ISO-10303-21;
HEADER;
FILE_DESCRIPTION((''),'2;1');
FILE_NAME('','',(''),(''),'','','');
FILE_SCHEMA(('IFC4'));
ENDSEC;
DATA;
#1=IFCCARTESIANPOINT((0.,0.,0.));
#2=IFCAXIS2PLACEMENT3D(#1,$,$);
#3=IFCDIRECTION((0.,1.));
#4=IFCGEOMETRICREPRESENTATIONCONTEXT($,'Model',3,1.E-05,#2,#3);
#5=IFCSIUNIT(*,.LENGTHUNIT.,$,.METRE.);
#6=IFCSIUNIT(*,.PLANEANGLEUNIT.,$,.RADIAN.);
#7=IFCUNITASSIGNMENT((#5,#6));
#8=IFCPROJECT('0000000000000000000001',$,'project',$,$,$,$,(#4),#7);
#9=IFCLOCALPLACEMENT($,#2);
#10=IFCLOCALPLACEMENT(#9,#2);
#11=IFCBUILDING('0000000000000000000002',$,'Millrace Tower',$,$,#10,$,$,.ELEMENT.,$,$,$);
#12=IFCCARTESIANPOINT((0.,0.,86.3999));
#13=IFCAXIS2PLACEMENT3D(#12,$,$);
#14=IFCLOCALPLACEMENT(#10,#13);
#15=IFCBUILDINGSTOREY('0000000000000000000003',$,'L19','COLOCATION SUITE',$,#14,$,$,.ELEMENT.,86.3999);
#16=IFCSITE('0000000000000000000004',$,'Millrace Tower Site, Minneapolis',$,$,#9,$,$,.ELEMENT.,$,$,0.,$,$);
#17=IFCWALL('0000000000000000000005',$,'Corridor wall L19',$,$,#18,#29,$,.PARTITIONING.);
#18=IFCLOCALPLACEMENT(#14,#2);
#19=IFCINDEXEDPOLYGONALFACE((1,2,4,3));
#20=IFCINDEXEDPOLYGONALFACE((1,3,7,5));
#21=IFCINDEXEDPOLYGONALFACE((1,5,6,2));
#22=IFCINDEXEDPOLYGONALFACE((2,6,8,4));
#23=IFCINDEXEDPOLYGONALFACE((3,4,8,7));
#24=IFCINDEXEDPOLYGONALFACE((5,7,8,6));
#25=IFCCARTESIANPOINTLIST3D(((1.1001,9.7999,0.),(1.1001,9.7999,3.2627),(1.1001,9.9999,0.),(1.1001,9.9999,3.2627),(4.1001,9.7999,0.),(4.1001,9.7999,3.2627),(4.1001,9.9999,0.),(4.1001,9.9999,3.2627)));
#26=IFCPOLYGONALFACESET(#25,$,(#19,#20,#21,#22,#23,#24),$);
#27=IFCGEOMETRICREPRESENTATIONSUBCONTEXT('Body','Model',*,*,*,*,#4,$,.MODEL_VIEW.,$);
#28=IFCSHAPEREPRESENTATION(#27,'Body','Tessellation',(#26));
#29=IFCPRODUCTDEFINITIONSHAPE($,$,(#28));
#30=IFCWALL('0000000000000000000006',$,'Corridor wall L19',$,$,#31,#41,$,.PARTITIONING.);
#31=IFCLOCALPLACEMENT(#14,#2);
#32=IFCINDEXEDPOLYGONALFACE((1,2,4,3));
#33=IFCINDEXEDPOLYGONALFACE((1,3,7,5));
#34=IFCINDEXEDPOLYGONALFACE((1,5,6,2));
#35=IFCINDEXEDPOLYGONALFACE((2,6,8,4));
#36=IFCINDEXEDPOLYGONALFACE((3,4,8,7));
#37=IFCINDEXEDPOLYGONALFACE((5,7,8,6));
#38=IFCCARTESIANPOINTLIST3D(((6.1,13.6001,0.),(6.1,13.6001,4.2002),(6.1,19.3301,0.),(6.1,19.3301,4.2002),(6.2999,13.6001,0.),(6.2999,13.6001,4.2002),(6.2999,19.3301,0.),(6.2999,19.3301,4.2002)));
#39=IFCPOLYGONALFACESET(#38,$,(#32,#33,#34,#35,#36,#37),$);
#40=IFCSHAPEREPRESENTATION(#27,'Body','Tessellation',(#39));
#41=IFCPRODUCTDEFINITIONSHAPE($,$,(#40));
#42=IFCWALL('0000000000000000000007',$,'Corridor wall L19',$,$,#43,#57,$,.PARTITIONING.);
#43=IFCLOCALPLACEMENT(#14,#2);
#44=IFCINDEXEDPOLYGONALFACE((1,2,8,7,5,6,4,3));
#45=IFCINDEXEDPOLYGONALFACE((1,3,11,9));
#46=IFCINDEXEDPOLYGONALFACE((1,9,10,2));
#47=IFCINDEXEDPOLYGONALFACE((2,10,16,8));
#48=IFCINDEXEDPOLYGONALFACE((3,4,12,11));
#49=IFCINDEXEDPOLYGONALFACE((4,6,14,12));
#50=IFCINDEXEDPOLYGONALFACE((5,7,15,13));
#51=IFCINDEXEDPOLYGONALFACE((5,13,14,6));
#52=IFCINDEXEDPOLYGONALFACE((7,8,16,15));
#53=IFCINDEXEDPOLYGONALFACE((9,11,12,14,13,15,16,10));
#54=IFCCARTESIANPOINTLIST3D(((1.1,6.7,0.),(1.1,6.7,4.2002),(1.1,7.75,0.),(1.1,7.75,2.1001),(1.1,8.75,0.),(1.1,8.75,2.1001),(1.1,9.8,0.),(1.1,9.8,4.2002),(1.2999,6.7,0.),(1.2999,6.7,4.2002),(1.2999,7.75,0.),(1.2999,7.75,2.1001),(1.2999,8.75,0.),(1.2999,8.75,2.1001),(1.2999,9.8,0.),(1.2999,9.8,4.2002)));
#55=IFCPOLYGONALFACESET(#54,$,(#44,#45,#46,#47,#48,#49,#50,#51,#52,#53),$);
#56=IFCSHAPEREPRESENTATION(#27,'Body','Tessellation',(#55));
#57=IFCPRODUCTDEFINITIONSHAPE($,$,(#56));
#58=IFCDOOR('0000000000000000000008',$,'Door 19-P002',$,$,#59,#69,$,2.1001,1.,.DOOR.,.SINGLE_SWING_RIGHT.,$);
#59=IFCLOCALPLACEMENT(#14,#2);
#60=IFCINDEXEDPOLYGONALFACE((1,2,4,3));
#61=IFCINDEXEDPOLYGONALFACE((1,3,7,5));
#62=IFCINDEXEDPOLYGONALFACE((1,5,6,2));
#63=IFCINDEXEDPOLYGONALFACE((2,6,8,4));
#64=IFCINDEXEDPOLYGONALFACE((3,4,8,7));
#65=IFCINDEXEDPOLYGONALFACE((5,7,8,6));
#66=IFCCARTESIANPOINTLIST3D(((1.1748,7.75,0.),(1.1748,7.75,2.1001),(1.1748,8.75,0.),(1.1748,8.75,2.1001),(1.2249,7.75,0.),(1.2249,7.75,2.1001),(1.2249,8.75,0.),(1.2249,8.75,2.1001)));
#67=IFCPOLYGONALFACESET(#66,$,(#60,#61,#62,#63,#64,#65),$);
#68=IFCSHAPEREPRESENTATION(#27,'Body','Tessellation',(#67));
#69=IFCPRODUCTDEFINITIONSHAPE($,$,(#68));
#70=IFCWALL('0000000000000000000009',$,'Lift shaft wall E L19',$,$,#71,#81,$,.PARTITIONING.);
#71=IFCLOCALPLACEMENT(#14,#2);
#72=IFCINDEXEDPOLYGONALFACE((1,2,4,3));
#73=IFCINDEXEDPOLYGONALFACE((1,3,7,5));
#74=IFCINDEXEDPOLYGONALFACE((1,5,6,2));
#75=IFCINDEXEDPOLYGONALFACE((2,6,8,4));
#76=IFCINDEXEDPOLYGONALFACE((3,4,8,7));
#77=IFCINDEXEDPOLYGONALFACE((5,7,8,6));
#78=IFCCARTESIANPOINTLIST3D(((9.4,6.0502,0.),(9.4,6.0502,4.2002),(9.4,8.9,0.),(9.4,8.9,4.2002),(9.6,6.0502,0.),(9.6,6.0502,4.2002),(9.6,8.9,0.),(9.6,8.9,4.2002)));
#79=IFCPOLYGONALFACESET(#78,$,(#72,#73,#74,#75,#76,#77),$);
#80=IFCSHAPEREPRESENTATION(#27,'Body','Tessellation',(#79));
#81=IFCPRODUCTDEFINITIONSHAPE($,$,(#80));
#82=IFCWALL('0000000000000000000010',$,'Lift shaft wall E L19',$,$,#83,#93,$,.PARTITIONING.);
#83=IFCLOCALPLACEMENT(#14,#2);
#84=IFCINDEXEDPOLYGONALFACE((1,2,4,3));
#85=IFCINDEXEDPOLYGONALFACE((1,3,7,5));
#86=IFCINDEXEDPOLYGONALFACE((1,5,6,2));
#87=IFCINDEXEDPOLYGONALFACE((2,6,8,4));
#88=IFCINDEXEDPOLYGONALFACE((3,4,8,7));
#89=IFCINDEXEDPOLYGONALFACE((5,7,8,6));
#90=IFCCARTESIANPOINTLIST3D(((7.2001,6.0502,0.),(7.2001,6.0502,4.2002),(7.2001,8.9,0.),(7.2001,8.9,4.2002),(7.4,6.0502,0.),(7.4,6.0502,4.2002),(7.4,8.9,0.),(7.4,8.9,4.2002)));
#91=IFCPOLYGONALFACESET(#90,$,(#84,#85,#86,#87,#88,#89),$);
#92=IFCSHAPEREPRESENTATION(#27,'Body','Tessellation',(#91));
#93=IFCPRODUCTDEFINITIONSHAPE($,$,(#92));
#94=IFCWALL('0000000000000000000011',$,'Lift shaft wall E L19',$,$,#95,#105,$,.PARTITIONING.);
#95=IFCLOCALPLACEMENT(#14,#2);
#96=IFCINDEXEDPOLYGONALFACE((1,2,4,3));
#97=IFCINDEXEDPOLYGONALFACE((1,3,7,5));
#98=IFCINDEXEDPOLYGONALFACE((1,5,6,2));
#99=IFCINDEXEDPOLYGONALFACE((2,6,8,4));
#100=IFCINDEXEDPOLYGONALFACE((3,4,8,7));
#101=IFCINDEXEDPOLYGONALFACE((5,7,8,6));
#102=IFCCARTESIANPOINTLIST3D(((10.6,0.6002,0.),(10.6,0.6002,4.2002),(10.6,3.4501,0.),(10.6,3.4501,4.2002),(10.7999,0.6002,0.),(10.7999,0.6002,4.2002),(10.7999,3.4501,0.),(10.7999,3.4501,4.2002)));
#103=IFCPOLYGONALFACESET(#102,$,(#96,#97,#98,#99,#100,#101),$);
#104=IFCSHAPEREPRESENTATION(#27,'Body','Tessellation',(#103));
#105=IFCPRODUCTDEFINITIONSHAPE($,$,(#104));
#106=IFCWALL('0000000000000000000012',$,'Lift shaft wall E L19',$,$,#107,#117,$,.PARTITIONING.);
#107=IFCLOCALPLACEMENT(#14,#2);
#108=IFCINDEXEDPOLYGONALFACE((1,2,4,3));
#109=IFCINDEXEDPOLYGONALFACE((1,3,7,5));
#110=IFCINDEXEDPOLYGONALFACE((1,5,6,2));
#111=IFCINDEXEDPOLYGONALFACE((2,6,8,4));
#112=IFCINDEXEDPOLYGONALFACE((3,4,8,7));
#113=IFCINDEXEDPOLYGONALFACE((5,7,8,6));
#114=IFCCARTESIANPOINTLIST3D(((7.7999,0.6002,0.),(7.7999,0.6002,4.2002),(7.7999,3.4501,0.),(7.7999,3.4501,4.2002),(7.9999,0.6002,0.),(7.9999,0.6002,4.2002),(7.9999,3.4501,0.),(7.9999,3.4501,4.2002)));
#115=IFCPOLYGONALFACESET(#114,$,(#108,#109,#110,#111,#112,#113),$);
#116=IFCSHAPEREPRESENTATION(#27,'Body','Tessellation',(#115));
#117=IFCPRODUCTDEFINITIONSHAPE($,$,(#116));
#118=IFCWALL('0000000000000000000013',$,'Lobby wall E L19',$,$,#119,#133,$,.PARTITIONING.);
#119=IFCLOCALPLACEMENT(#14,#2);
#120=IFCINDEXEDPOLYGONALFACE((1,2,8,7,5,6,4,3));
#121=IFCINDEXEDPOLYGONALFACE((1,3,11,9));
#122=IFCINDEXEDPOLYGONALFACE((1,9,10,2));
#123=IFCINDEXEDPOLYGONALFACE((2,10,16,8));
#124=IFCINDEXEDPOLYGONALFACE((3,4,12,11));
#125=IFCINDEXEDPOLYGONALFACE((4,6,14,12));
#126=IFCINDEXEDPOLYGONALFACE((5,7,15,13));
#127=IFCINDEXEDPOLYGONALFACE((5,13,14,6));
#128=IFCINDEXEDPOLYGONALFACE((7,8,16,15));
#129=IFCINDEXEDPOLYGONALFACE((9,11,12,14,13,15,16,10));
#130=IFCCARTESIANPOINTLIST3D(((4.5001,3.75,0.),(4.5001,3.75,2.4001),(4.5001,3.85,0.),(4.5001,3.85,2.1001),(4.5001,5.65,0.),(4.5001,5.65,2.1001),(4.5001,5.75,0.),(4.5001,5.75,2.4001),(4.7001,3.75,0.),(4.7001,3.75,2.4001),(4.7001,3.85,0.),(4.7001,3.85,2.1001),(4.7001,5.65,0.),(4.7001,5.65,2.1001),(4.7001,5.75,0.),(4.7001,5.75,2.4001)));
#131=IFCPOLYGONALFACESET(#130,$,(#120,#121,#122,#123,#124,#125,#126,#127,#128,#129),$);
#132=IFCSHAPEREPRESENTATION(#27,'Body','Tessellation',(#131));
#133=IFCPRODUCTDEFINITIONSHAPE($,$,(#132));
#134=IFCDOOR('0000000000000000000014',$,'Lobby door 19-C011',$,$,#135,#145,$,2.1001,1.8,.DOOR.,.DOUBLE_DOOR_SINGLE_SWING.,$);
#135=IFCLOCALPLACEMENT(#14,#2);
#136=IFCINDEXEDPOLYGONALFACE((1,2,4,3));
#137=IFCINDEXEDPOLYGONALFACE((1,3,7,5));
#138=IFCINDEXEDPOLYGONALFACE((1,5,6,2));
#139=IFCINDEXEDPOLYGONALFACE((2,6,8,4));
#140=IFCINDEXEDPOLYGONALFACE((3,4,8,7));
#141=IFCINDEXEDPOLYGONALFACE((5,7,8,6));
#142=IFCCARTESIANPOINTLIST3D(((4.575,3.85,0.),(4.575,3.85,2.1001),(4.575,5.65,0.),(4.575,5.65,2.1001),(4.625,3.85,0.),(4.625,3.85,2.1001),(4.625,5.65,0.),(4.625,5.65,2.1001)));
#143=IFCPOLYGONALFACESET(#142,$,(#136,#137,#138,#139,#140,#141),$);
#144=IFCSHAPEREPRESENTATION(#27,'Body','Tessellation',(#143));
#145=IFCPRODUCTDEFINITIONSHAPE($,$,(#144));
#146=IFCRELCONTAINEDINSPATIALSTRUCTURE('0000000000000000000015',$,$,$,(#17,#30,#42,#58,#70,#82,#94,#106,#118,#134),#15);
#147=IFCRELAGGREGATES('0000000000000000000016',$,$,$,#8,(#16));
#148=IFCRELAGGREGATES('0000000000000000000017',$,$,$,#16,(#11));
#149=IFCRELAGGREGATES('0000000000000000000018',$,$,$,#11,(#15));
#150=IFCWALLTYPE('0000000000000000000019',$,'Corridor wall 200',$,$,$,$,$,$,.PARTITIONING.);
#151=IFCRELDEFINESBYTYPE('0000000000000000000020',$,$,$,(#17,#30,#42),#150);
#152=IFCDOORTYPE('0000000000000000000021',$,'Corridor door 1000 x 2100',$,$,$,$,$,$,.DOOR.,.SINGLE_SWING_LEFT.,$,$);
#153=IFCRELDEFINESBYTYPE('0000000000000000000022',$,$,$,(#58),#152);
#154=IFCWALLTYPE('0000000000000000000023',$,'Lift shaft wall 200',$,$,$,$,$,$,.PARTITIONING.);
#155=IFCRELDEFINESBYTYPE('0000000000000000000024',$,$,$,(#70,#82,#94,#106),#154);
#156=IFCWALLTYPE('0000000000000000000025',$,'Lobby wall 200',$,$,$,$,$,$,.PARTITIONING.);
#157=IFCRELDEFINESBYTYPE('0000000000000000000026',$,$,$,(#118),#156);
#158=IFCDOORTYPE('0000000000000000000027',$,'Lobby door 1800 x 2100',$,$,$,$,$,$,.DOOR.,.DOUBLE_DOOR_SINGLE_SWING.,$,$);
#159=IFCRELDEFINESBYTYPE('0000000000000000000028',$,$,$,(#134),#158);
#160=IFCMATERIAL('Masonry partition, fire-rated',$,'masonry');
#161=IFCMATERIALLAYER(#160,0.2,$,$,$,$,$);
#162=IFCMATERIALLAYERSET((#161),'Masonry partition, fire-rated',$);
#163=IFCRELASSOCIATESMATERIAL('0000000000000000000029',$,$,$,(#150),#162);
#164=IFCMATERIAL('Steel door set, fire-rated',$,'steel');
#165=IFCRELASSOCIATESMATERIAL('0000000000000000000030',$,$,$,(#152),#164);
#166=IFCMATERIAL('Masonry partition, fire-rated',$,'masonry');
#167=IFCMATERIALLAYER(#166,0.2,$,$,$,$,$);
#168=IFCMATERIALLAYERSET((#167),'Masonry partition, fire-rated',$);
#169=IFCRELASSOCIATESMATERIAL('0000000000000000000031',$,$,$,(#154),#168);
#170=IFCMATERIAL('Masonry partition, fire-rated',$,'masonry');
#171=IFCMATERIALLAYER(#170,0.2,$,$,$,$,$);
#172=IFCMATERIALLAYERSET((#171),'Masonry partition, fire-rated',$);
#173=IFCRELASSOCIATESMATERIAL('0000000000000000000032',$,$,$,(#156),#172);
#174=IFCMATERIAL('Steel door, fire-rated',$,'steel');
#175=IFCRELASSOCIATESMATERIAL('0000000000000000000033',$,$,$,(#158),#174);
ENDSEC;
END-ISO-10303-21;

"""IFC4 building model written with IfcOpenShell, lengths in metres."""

from ifc_helpers import new_model, si_unit, direction, frame, frame_2d, origin, place, context, subcontext, project, spatial, rectangle, extrude, material, layer, layer_set, type_object, element, fill, save


model = new_model("IFC4")

# Units and contexts
model_context = context("Model", 3, precision=1e-05, world=origin(), true_north=direction((0.0, 1.0)))
body_context = subcontext(model_context, "Body", "Model", "MODEL_VIEW")
ifc_project = project(units=[si_unit("LENGTHUNIT", "METRE"), si_unit("PLANEANGLEUNIT", "RADIAN")], contexts=[model_context])

# Site, building, storey
site_placement = place(None, origin())
site = spatial("IfcSite", under=ifc_project, at=site_placement, Name="Millrace Tower Site, Minneapolis", CompositionType="ELEMENT", RefElevation=0.0)
building_placement = place(site_placement, origin())
building = spatial("IfcBuilding", under=site, at=building_placement, Name="Millrace Tower", CompositionType="ELEMENT")
storey_placement = place(building_placement, frame((0.0, 0.0, 86.3999)))
storey = spatial("IfcBuildingStorey", under=building, at=storey_placement, Name="L19", Description="COLOCATION SUITE", CompositionType="ELEMENT", Elevation=86.3999)

# Walls
ifc_material_1 = material(Name="Masonry partition, fire-rated", Category="masonry")
ifc_layer_1 = layer(ifc_material_1, 0.2)
ifc_layer_set_1 = layer_set([ifc_layer_1], Name="Masonry partition, fire-rated")
wall_type_1 = type_object("IfcWallType", Name="Corridor wall 200", PredefinedType="PARTITIONING", material=ifc_layer_set_1)
wall_1_placement = place(storey_placement, frame((1.1001, 9.8999, 0.0), z_axis=(0.0, 0.0, 1.0), x_axis=(1.0, 0.0, 0.0)))
element("IfcWall", 1, at=wall_1_placement, inside=storey, type_object=wall_type_1, Name="Corridor wall L19", PredefinedType="PARTITIONING", context=body_context, shape_type="SweptSolid", body=[
    extrude(rectangle(XDim=3.0, YDim=0.2, at=frame_2d((1.5, 0.0))), origin(), (0.0, 0.0, 1.0), 3.2627),
])
wall_2_placement = place(storey_placement, frame((6.2, 13.6001, 0.0), z_axis=(0.0, 0.0, 1.0), x_axis=(0.0, 1.0, 0.0)))
element("IfcWall", 2, at=wall_2_placement, inside=storey, type_object=wall_type_1, Name="Corridor wall L19", PredefinedType="PARTITIONING", context=body_context, shape_type="SweptSolid", body=[
    extrude(rectangle(XDim=5.73, YDim=0.2, at=frame_2d((2.865, 0.0))), origin(), (0.0, 0.0, 1.0), 4.2002),
])

# Wall, opening, door
wall_3_placement = place(storey_placement, frame((1.2, 6.7, 0.0), z_axis=(0.0, 0.0, 1.0), x_axis=(0.0, 1.0, 0.0)))
wall_3 = element("IfcWall", 3, at=wall_3_placement, inside=storey, type_object=wall_type_1, Name="Corridor wall L19", PredefinedType="PARTITIONING", context=body_context, shape_type="SweptSolid", body=[
    extrude(rectangle(XDim=3.1001, YDim=0.2, at=frame_2d((1.55, 0.0))), origin(), (0.0, 0.0, 1.0), 4.2002),
])
opening_1_placement = place(wall_3_placement, frame((1.05, 0.0, 0.0)))
opening_1 = element("IfcOpeningElement", 4, at=opening_1_placement, cuts=wall_3, PredefinedType="OPENING", context=body_context, shape_type="SweptSolid", body=[
    extrude(rectangle(XDim=1.0, YDim=2.1001, at=frame_2d((0.5, 1.05))), frame((0.0, 0.1099, 0.0), z_axis=(0.0, -1.0, 0.0), x_axis=(1.0, 0.0, 0.0)), (0.0, 0.0, 1.0), 0.22),
])
ifc_material_2 = material(Name="Steel door set, fire-rated", Category="steel")
door_type_1 = type_object("IfcDoorType", Name="Corridor door 1000 x 2100", OperationType="SINGLE_SWING_LEFT", PredefinedType="DOOR", material=ifc_material_2)
door_1_placement = place(opening_1_placement, frame((1.0, 0.0, 0.0), z_axis=(0.0, 0.0, 1.0), x_axis=(-1.0, 0.0, 0.0)))
door_1 = element("IfcDoor", 5, at=door_1_placement, inside=storey, type_object=door_type_1, Name="Door 19-P002", OperationType="SINGLE_SWING_RIGHT", OverallHeight=2.1001, OverallWidth=1.0, PredefinedType="DOOR", context=body_context, shape_type="SweptSolid", body=[
    extrude(rectangle(XDim=1.0, YDim=2.1001, at=frame_2d((0.5, 1.05))), frame((0.0, 0.0249, 0.0), z_axis=(0.0, -1.0, 0.0), x_axis=(1.0, 0.0, 0.0)), (0.0, 0.0, 1.0), 0.05),
])
fill(opening_1, door_1)

# Walls
ifc_material_3 = material(Name="Masonry partition, fire-rated", Category="masonry")
ifc_layer_2 = layer(ifc_material_3, 0.2)
ifc_layer_set_2 = layer_set([ifc_layer_2], Name="Masonry partition, fire-rated")
wall_type_2 = type_object("IfcWallType", Name="Lift shaft wall 200", PredefinedType="PARTITIONING", material=ifc_layer_set_2)
for number, where, z_axis, x_axis, name in (
    (6, (9.5, 8.8999, 0.0), (0.0, 0.0, 1.0), (0.0, -1.0, 0.0), "Lift shaft wall E L19"),
    (7, (7.3, 8.8999, 0.0), (0.0, 0.0, 1.0), (0.0, -1.0, 0.0), "Lift shaft wall E L19"),
    (8, (10.7, 3.45, 0.0), (0.0, 0.0, 1.0), (0.0, -1.0, 0.0), "Lift shaft wall E L19"),
    (9, (7.8999, 3.45, 0.0), (0.0, 0.0, 1.0), (0.0, -1.0, 0.0), "Lift shaft wall E L19"),
):
    element("IfcWall", number, at=place(storey_placement, frame(where, z_axis=z_axis, x_axis=x_axis)), inside=storey, type_object=wall_type_2, Name=name, PredefinedType="PARTITIONING", context=body_context, shape_type="SweptSolid", body=[
        extrude(rectangle(XDim=2.8499, YDim=0.2, at=frame_2d((1.4248, 0.0))), origin(), (0.0, 0.0, 1.0), 4.2002),
    ])

# Wall, opening, door
ifc_material_4 = material(Name="Masonry partition, fire-rated", Category="masonry")
ifc_layer_3 = layer(ifc_material_4, 0.2)
ifc_layer_set_3 = layer_set([ifc_layer_3], Name="Masonry partition, fire-rated")
wall_type_3 = type_object("IfcWallType", Name="Lobby wall 200", PredefinedType="PARTITIONING", material=ifc_layer_set_3)
wall_4_placement = place(storey_placement, frame((4.6001, 5.75, 0.0), z_axis=(0.0, 0.0, 1.0), x_axis=(0.0, -1.0, 0.0)))
wall_4 = element("IfcWall", 10, at=wall_4_placement, inside=storey, type_object=wall_type_3, Name="Lobby wall E L19", PredefinedType="PARTITIONING", context=body_context, shape_type="SweptSolid", body=[
    extrude(rectangle(XDim=2.0, YDim=0.2, at=frame_2d((1.0, 0.0))), origin(), (0.0, 0.0, 1.0), 2.4001),
])
opening_2_placement = place(wall_4_placement, frame((0.1001, 0.0, 0.0)))
opening_2 = element("IfcOpeningElement", 11, at=opening_2_placement, cuts=wall_4, PredefinedType="OPENING", context=body_context, shape_type="SweptSolid", body=[
    extrude(rectangle(XDim=1.8, YDim=2.1001, at=frame_2d((0.8999, 1.05))), frame((0.0, 0.1099, 0.0), z_axis=(0.0, -1.0, 0.0), x_axis=(1.0, 0.0, 0.0)), (0.0, 0.0, 1.0), 0.22),
])
ifc_material_5 = material(Name="Steel door, fire-rated", Category="steel")
door_type_2 = type_object("IfcDoorType", Name="Lobby door 1800 x 2100", OperationType="DOUBLE_DOOR_SINGLE_SWING", PredefinedType="DOOR", material=ifc_material_5)
door_2_placement = place(opening_2_placement, origin())
door_2 = element("IfcDoor", 12, at=door_2_placement, inside=storey, type_object=door_type_2, Name="Lobby door 19-C011", OperationType="DOUBLE_DOOR_SINGLE_SWING", OverallHeight=2.1001, OverallWidth=1.8, PredefinedType="DOOR", context=body_context, shape_type="SweptSolid", body=[
    extrude(rectangle(XDim=1.8, YDim=2.1001, at=frame_2d((0.8999, 1.05))), frame((0.0, 0.0249, 0.0), z_axis=(0.0, -1.0, 0.0), x_axis=(1.0, 0.0, 0.0)), (0.0, 0.0, 1.0), 0.05),
])
fill(opening_2, door_2)

save(model, "model.ifc")
